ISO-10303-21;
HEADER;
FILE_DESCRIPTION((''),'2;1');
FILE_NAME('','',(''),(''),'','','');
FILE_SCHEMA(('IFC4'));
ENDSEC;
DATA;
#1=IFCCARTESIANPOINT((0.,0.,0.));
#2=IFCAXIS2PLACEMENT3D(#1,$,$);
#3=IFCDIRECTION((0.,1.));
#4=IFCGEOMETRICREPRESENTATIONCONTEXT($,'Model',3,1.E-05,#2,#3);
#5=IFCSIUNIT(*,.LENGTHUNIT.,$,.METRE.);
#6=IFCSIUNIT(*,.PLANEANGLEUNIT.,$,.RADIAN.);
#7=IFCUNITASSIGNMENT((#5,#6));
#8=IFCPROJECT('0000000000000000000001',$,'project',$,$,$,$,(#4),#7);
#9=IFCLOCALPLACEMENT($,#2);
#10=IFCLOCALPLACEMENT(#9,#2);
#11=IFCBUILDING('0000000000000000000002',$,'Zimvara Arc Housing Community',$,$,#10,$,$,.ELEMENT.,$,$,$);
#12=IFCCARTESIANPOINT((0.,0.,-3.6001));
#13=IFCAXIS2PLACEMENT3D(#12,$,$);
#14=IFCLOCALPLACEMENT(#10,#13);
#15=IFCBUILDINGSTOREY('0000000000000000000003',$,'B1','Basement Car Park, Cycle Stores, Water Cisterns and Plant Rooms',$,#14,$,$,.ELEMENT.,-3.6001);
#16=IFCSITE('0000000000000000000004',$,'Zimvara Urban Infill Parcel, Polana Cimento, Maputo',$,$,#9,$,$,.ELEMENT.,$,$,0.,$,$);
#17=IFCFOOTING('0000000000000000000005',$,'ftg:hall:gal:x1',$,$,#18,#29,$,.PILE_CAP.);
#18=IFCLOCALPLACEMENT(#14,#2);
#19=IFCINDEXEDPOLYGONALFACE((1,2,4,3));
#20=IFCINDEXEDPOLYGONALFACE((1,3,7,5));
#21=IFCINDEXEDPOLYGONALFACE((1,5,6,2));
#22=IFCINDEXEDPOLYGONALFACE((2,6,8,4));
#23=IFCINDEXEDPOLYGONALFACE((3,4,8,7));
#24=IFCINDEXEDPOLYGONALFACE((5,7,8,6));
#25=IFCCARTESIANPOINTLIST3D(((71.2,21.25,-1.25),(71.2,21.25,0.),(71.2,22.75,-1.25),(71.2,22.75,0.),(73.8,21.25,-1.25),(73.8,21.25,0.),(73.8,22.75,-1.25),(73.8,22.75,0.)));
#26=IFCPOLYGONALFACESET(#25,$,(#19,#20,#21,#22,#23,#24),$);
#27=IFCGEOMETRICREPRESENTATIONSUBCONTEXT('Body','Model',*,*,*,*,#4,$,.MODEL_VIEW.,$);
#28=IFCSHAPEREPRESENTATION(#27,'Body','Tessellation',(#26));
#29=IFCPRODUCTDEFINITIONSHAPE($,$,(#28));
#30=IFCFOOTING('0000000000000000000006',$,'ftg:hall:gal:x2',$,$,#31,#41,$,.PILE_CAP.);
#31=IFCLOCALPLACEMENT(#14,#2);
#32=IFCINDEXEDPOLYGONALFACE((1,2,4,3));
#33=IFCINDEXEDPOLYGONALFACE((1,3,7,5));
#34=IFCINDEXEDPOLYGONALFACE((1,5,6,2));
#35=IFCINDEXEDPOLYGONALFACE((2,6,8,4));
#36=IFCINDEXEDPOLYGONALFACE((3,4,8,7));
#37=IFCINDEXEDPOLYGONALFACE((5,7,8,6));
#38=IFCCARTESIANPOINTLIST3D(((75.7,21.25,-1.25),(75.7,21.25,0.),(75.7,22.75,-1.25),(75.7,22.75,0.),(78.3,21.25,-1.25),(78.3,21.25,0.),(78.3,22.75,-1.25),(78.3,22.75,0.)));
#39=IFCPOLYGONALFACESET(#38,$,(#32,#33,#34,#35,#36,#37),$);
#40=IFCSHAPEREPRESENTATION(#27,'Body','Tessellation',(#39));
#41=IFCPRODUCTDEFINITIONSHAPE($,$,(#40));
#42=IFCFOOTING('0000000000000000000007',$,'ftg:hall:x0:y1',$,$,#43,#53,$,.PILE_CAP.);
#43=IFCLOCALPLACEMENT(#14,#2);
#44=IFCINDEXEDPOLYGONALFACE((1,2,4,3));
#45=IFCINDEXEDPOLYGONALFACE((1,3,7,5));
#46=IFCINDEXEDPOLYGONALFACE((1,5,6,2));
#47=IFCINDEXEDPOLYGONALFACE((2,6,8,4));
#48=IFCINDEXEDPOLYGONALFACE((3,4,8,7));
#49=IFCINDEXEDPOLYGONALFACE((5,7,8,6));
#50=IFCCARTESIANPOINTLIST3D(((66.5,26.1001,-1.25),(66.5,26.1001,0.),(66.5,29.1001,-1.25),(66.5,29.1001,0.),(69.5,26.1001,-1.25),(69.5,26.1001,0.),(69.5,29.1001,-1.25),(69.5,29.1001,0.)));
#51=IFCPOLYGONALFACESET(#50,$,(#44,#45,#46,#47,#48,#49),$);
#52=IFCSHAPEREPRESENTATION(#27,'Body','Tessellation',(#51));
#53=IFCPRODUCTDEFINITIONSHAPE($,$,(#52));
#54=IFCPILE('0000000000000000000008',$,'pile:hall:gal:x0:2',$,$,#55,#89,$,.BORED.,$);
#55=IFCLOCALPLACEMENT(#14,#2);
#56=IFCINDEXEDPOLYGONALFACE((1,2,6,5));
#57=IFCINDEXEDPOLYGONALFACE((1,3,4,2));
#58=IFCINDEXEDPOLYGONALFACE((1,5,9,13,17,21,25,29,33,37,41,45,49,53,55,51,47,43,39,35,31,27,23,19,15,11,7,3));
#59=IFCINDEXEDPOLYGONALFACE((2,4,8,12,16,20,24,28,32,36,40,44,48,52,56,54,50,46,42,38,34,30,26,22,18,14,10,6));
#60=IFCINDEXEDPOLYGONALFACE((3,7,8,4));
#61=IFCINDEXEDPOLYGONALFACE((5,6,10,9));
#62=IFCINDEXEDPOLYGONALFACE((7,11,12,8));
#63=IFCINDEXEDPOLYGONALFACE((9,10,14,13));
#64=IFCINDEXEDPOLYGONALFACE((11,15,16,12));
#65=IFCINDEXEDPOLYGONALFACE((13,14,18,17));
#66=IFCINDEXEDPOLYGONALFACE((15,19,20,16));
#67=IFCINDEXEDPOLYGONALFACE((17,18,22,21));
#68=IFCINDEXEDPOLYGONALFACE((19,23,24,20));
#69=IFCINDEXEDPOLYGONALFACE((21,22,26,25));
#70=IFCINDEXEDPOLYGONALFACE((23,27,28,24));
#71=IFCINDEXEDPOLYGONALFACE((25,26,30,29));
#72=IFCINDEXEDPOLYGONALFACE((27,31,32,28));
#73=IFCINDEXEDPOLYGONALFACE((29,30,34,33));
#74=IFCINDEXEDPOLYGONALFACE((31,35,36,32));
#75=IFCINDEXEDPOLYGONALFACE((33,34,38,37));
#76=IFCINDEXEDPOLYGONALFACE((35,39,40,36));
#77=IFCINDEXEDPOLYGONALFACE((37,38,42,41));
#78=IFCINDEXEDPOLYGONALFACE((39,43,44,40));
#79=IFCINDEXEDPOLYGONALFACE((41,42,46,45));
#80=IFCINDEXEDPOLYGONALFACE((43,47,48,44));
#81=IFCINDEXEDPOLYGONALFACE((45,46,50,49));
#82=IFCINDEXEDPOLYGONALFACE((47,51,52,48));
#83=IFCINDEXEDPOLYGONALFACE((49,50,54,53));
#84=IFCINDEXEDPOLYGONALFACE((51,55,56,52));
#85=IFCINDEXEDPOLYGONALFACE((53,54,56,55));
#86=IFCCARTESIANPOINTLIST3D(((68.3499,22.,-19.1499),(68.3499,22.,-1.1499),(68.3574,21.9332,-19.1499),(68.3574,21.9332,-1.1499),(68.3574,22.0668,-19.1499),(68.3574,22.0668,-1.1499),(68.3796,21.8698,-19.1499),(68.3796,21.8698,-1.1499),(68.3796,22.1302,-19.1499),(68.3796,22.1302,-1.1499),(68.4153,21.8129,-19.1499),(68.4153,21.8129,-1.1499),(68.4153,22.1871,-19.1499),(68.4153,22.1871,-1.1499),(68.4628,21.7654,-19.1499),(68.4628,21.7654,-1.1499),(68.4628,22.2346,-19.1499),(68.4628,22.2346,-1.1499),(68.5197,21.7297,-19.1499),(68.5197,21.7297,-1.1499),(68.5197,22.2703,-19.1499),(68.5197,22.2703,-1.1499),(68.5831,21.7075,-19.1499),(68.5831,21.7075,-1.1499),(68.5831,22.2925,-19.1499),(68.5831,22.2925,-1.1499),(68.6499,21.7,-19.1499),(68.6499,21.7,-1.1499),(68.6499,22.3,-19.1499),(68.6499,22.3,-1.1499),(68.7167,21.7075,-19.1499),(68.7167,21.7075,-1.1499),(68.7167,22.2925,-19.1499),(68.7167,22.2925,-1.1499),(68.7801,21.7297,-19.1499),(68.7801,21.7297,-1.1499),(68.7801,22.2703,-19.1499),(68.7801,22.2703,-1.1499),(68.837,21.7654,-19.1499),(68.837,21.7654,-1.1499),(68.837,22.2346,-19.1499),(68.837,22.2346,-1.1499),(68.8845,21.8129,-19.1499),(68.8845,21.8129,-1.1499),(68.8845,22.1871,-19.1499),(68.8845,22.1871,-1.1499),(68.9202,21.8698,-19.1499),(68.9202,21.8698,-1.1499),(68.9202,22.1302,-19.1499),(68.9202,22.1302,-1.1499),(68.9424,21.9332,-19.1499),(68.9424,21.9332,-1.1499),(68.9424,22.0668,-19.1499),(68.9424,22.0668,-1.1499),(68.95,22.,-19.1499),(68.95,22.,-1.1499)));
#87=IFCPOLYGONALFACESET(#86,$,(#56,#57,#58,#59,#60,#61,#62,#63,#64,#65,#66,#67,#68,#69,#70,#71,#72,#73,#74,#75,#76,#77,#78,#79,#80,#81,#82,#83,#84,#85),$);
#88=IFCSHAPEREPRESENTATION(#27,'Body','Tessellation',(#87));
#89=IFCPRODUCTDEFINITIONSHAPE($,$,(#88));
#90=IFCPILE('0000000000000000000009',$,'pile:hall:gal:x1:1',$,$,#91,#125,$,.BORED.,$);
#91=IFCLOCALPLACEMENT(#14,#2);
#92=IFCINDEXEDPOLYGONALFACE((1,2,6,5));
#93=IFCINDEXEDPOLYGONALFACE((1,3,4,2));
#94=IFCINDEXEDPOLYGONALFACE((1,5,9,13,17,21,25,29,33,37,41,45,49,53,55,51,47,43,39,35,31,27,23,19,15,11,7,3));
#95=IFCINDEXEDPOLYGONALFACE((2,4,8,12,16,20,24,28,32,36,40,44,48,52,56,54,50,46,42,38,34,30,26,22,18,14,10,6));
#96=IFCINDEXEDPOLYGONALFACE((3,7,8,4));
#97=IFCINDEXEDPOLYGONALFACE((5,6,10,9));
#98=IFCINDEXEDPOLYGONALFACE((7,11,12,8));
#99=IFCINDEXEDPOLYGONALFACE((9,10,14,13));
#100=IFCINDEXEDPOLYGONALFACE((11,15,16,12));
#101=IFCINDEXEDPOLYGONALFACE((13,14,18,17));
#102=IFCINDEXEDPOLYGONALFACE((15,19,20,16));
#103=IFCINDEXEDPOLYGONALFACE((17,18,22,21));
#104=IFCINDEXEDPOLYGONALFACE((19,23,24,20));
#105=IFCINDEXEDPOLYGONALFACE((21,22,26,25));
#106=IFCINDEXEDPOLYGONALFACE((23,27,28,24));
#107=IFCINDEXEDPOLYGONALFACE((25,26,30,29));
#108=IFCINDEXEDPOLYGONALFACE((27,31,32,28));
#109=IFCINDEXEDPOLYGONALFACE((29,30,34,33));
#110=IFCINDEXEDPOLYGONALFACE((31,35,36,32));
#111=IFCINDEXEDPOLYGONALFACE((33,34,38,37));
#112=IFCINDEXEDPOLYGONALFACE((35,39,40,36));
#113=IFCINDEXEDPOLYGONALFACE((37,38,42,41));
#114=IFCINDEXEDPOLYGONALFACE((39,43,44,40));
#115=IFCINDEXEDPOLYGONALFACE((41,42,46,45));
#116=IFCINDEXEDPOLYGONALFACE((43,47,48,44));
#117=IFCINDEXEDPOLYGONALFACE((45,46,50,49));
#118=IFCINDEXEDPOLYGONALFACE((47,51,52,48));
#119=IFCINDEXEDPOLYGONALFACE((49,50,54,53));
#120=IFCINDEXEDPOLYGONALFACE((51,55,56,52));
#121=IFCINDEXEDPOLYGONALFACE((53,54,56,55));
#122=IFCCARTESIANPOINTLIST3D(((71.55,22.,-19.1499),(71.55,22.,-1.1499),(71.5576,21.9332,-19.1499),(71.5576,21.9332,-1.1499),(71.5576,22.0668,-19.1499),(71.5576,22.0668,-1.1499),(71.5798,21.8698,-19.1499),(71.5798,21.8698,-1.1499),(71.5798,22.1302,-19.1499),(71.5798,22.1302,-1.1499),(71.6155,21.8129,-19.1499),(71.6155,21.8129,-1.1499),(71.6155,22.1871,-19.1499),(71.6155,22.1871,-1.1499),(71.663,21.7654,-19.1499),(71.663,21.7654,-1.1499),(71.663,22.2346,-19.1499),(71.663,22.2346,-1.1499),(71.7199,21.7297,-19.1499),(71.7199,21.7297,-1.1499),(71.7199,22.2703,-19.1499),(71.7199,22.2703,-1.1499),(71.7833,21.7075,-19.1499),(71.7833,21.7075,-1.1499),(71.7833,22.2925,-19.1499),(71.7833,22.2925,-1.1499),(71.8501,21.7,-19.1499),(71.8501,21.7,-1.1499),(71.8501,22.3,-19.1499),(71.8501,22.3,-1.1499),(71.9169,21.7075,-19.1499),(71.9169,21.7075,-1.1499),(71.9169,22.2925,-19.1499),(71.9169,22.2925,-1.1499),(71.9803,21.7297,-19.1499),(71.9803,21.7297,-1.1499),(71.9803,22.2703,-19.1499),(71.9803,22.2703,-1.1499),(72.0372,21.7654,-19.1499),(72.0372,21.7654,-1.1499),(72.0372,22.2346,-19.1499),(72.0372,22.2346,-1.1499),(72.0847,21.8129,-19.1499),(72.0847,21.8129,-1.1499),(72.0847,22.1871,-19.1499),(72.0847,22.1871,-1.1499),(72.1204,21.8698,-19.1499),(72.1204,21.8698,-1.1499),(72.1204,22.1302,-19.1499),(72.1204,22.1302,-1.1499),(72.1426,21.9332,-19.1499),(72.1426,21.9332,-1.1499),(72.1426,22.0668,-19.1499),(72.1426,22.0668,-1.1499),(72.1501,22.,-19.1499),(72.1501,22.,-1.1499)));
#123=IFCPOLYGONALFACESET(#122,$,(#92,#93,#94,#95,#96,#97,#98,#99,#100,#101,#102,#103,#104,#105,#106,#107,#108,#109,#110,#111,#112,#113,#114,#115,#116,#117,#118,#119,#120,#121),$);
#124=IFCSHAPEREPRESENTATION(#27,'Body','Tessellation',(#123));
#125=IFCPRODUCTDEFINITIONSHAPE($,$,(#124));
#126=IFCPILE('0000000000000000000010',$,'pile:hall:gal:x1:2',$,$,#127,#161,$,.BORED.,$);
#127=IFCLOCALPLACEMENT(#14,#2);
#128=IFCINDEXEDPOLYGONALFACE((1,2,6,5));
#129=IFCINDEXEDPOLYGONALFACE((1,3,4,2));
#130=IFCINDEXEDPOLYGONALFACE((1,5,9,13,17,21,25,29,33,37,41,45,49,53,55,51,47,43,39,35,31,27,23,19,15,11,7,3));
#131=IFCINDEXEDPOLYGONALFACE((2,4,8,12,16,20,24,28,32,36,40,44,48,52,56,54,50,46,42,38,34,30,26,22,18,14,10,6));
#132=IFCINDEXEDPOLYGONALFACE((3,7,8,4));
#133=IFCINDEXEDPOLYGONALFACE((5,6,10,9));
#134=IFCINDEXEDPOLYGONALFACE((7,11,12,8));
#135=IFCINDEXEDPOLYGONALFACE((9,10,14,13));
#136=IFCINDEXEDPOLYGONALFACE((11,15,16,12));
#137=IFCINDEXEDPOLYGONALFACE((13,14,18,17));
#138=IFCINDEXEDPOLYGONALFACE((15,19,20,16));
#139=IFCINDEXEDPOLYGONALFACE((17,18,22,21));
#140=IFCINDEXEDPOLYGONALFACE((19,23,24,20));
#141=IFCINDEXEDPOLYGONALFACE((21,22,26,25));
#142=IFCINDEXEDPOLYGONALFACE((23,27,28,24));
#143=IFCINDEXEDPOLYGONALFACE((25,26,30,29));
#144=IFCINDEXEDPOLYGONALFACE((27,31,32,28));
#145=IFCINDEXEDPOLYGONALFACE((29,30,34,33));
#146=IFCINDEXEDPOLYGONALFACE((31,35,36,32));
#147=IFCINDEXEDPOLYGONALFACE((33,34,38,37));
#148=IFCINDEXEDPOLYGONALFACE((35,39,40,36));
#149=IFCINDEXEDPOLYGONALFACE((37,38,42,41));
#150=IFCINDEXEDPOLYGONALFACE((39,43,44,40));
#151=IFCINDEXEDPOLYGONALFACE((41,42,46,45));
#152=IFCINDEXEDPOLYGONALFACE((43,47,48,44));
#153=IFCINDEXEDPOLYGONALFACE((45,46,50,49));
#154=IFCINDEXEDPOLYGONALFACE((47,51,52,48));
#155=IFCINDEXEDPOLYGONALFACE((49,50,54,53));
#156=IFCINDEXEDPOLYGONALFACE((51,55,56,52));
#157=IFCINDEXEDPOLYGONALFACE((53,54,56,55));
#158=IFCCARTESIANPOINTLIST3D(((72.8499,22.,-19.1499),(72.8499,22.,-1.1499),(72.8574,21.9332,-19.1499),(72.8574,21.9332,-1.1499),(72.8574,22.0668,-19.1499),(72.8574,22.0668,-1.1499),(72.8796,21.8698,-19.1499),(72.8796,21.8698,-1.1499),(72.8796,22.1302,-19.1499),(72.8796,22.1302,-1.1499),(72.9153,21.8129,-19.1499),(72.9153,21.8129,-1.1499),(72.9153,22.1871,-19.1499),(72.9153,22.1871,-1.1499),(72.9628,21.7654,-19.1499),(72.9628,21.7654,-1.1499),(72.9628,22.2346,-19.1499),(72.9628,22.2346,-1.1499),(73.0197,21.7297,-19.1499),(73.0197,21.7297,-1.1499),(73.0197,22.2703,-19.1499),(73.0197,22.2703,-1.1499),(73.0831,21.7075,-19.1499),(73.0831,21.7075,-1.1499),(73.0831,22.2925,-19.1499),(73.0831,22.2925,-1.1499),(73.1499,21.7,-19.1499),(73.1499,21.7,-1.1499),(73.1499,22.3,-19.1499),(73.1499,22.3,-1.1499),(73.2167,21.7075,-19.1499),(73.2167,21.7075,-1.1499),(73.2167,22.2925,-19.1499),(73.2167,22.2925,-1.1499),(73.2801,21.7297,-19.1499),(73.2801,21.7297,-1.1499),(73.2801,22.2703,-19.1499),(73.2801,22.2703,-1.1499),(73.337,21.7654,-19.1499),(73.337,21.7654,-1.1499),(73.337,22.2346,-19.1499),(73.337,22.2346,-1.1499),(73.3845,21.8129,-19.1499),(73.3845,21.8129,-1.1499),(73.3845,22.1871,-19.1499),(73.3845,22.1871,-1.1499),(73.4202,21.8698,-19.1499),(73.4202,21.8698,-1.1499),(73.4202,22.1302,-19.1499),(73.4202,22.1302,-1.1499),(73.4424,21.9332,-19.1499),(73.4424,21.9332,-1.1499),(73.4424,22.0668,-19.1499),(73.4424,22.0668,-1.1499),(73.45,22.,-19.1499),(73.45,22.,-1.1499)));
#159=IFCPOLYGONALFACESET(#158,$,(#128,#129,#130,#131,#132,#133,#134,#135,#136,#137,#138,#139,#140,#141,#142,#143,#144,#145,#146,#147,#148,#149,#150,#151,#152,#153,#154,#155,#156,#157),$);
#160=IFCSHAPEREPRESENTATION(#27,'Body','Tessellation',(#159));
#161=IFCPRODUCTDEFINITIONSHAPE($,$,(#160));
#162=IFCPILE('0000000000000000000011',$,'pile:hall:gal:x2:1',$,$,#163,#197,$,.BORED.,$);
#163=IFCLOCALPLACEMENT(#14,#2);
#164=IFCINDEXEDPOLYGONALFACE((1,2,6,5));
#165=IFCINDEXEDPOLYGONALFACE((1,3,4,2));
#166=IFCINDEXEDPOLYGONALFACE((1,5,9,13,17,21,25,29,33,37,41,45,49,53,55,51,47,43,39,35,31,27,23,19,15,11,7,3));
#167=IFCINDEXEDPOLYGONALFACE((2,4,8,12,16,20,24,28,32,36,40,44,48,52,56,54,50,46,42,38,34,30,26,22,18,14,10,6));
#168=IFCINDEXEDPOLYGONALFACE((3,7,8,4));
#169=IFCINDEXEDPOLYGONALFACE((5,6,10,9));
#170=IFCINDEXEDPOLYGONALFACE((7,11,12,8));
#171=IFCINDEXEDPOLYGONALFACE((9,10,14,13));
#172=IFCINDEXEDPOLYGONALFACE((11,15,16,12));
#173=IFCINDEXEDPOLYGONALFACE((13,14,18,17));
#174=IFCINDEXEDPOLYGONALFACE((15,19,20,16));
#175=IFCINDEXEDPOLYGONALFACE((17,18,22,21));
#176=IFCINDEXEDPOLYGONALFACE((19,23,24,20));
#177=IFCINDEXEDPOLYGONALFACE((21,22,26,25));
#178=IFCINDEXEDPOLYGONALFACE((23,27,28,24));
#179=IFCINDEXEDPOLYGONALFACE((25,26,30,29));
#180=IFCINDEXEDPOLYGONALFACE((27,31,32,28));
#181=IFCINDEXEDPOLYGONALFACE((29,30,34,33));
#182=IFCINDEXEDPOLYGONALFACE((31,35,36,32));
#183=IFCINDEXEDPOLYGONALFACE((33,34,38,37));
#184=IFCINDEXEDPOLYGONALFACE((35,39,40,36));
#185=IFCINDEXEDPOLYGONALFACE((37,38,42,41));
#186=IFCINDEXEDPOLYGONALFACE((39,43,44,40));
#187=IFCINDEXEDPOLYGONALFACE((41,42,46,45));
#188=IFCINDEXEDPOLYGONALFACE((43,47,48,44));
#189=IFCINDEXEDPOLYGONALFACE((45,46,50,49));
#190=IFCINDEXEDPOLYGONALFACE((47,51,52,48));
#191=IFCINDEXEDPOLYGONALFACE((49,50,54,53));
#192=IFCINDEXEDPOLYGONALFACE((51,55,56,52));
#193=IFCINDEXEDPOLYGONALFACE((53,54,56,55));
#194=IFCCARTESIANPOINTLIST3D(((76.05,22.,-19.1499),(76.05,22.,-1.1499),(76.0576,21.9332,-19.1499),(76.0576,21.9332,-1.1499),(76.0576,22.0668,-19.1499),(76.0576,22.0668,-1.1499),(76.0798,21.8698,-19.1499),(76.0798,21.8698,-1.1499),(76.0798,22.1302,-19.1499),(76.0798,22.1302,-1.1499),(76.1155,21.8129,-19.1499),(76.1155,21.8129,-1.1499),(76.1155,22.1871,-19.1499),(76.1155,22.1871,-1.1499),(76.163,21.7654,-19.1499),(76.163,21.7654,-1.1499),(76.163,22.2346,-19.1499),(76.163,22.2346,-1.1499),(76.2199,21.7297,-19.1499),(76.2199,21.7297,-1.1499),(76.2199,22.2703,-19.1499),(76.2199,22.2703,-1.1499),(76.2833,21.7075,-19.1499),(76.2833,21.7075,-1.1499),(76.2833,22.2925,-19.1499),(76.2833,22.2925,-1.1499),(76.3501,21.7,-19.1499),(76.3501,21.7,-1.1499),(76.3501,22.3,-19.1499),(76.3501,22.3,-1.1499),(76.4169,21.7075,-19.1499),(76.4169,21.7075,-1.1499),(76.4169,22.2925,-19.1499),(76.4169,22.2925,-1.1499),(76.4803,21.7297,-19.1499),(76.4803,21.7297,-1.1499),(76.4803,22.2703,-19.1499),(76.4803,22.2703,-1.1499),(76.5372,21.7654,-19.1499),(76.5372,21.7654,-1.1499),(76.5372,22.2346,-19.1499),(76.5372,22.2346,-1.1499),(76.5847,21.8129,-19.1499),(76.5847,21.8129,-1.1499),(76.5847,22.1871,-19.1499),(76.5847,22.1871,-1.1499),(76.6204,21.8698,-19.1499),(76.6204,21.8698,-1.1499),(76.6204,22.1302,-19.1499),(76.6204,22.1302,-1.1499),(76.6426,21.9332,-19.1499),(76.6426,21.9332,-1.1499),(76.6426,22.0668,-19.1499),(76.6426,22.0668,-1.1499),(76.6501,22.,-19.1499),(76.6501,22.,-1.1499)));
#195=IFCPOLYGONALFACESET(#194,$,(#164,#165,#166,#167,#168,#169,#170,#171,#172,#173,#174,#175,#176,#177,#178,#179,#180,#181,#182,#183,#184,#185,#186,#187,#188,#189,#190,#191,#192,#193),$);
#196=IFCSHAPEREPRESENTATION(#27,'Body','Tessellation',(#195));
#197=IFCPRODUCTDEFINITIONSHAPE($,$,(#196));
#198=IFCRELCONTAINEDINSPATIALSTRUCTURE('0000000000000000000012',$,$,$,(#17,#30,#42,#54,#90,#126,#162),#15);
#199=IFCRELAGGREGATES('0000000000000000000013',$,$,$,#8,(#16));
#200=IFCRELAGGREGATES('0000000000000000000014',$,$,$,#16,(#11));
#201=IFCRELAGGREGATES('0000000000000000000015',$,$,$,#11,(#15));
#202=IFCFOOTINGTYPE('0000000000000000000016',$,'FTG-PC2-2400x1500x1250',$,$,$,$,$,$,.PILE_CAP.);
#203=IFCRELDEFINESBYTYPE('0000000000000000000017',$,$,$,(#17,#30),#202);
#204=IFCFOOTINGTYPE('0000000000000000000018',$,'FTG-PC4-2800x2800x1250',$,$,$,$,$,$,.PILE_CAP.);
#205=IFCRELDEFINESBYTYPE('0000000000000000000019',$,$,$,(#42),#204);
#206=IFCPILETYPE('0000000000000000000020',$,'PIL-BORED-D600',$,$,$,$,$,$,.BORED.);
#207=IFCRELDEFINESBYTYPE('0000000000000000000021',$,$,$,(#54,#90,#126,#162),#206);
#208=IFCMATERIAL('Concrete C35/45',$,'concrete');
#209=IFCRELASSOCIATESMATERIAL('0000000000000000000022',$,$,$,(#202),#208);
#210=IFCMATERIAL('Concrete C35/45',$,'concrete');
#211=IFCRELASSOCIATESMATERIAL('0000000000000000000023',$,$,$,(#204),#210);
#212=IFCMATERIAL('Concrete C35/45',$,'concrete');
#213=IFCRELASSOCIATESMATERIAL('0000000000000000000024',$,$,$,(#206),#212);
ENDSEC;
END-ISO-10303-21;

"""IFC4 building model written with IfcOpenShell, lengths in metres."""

from ifc_helpers import new_model, si_unit, direction, frame, origin, origin_2d, place, context, subcontext, project, spatial, rectangle, circle, extrude, material, material_profile, profile_set, type_object, element, save


model = new_model("IFC4")

# Units and contexts
model_context = context("Model", 3, precision=1e-05, world=origin(), true_north=direction((0.0, 1.0)))
body_context = subcontext(model_context, "Body", "Model", "MODEL_VIEW")
ifc_project = project(units=[si_unit("LENGTHUNIT", "METRE"), si_unit("PLANEANGLEUNIT", "RADIAN")], contexts=[model_context])

# Site, building, storey
site_placement = place(None, origin())
site = spatial("IfcSite", under=ifc_project, at=site_placement, Name="Zimvara Urban Infill Parcel, Polana Cimento, Maputo", CompositionType="ELEMENT", RefElevation=0.0)
building_placement = place(site_placement, origin())
building = spatial("IfcBuilding", under=site, at=building_placement, Name="Zimvara Arc Housing Community", CompositionType="ELEMENT")
storey_placement = place(building_placement, frame((0.0, 0.0, -3.6001)))
storey = spatial("IfcBuildingStorey", under=building, at=storey_placement, Name="B1", Description="Basement Car Park, Cycle Stores, Water Cisterns and Plant Rooms", CompositionType="ELEMENT", Elevation=-3.6001)

# Footings
ifc_material_1 = material(Name="Concrete C35/45", Category="concrete")
footing_type_1 = type_object("IfcFootingType", Name="FTG-PC2-2400x1500x1250", PredefinedType="PILE_CAP", material=ifc_material_1)
for number, where, z_axis, x_axis, name in (
    (1, (72.5, 22.0, -1.25), (0.0, 0.0, 1.0), (1.0, 0.0, 0.0), "ftg:hall:gal:x1"),
    (2, (77.0, 22.0, -1.25), (0.0, 0.0, 1.0), (1.0, 0.0, 0.0), "ftg:hall:gal:x2"),
):
    element("IfcFooting", number, at=place(storey_placement, frame(where, z_axis=z_axis, x_axis=x_axis)), inside=storey, type_object=footing_type_1, Name=name, PredefinedType="PILE_CAP", context=body_context, shape_type="SweptSolid", body=[
        extrude(rectangle(XDim=2.6001, YDim=1.5, at=origin_2d()), origin(), (0.0, 0.0, 1.0), 1.25),
    ])
ifc_material_2 = material(Name="Concrete C35/45", Category="concrete")
footing_type_2 = type_object("IfcFootingType", Name="FTG-PC4-2800x2800x1250", PredefinedType="PILE_CAP", material=ifc_material_2)
footing_placement = place(storey_placement, frame((68.0, 27.6001, -1.25), z_axis=(0.0, 0.0, 1.0), x_axis=(1.0, 0.0, 0.0)))
element("IfcFooting", 3, at=footing_placement, inside=storey, type_object=footing_type_2, Name="ftg:hall:x0:y1", PredefinedType="PILE_CAP", context=body_context, shape_type="SweptSolid", body=[
    extrude(rectangle(XDim=3.0, YDim=3.0, at=origin_2d()), origin(), (0.0, 0.0, 1.0), 1.25),
])

# Piles
ifc_material_3 = material(Name="Concrete C35/45", Category="concrete")
ifc_material_profile_1 = material_profile(ifc_material_3, circle(Radius=0.3, at=origin_2d()), Name="PILE D600")
ifc_profile_set_1 = profile_set([ifc_material_profile_1], Name="Concrete C35/45")
pile_type_1 = type_object("IfcPileType", Name="PIL-BORED-D600", PredefinedType="BORED", material=ifc_profile_set_1)
for number, where, z_axis, x_axis, name in (
    (4, (68.6499, 22.0, -1.1499), (0.0, 0.0, -1.0), (1.0, 0.0, 0.0), "pile:hall:gal:x0:2"),
    (5, (71.8501, 22.0, -1.1499), (0.0, 0.0, -1.0), (1.0, 0.0, 0.0), "pile:hall:gal:x1:1"),
    (6, (73.1499, 22.0, -1.1499), (0.0, 0.0, -1.0), (1.0, 0.0, 0.0), "pile:hall:gal:x1:2"),
    (7, (76.3501, 22.0, -1.1499), (0.0, 0.0, -1.0), (1.0, 0.0, 0.0), "pile:hall:gal:x2:1"),
):
    element("IfcPile", number, at=place(storey_placement, frame(where, z_axis=z_axis, x_axis=x_axis)), inside=storey, type_object=pile_type_1, Name=name, PredefinedType="BORED", context=body_context, shape_type="SweptSolid", body=[
        extrude(circle(Radius=0.3, at=origin_2d()), origin(), (0.0, 0.0, 1.0), 18.0),
    ])

save(model, "model.ifc")
